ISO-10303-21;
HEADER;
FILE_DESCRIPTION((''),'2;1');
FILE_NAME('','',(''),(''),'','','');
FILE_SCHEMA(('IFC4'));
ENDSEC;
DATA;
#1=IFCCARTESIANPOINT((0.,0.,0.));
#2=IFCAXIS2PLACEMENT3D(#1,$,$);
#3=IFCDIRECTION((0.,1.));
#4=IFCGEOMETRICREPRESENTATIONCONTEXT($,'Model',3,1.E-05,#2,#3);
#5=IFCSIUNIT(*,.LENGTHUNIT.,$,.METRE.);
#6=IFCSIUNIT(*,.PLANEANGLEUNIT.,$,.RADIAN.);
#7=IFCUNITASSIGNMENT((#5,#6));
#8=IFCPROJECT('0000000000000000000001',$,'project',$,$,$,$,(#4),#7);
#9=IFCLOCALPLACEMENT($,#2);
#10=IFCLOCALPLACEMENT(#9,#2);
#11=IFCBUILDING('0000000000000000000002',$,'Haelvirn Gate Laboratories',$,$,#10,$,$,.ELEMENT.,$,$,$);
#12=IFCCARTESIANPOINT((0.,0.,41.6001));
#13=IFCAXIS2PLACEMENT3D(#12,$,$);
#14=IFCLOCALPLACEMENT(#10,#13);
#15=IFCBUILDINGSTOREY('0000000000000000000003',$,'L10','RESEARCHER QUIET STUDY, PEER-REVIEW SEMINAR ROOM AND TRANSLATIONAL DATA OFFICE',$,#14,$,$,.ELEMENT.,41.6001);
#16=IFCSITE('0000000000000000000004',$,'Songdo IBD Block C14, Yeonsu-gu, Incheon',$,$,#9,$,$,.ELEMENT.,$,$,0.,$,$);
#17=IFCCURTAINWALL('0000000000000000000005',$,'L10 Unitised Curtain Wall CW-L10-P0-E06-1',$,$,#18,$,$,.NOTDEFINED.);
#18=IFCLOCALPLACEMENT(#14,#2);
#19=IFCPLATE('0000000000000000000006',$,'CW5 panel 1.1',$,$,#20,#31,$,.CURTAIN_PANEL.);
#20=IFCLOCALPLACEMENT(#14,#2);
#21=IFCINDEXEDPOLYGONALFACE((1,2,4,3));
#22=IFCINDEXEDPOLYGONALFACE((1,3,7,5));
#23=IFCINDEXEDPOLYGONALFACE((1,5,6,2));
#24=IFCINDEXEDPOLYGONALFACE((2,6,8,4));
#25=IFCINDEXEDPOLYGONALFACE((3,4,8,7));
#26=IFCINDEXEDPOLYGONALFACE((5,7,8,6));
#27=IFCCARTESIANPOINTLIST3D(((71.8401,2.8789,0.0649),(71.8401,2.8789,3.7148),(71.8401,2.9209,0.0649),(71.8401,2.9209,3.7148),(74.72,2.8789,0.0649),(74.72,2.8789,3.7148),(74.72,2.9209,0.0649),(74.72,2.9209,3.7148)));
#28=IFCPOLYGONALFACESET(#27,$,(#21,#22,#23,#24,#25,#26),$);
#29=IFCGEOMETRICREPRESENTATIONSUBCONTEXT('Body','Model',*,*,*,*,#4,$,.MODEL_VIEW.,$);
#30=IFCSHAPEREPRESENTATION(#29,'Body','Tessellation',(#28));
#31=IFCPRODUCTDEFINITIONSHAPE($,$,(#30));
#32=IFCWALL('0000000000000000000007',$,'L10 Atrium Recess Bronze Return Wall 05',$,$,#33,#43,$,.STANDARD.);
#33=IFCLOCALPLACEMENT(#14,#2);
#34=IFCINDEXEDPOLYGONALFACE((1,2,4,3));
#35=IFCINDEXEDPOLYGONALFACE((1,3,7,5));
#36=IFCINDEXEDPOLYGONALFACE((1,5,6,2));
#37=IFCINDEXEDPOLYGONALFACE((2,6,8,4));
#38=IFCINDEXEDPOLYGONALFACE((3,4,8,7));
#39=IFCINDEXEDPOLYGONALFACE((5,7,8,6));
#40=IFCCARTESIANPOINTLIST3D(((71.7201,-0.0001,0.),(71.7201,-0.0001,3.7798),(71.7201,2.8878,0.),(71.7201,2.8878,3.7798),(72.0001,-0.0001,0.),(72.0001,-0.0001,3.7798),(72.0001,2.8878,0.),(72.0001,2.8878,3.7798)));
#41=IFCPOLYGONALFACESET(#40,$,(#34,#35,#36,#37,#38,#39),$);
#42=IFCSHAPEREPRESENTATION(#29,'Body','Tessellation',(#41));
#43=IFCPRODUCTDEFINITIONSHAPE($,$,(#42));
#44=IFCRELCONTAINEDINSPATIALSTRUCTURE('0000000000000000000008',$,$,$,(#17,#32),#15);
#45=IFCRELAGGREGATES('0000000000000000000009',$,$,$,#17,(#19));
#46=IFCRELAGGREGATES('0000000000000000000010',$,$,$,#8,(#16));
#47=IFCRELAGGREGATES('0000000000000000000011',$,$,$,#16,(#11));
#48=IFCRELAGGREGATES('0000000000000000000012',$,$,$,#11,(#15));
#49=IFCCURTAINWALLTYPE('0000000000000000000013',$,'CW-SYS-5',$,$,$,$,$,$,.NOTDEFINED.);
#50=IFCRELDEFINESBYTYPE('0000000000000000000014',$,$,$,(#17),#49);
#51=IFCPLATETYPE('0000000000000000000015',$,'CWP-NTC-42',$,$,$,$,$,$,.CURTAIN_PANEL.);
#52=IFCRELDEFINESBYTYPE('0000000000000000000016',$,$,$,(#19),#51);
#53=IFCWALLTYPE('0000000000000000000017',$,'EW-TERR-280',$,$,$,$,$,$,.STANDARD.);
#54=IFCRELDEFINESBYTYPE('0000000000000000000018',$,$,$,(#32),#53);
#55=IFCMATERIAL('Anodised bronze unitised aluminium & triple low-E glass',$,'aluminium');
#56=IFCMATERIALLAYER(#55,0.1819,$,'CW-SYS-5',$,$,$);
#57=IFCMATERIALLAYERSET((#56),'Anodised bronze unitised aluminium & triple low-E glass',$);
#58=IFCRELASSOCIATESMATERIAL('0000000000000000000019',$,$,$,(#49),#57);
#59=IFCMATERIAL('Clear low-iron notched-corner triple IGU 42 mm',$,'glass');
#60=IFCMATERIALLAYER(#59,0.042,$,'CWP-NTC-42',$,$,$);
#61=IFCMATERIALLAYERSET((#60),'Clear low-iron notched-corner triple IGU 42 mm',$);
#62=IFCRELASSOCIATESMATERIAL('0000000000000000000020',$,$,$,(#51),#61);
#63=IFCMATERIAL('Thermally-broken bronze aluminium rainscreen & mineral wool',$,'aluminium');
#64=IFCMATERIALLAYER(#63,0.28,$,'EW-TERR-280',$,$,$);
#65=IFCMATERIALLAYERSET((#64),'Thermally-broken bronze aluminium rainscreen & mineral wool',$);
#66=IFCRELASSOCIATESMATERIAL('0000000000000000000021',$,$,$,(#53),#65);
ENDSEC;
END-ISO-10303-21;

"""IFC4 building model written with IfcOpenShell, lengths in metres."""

from ifc_helpers import new_model, si_unit, direction, frame, frame_2d, origin, origin_2d, place, context, subcontext, project, spatial, rectangle, extrude, source, transform, mapped, material, layer, layer_set, type_object, type_shapes, element, aggregate, save


model = new_model("IFC4")

# Units and contexts
model_context = context("Model", 3, precision=1e-05, world=origin(), true_north=direction((0.0, 1.0)))
body_context = subcontext(model_context, "Body", "Model", "MODEL_VIEW")
ifc_project = project(units=[si_unit("LENGTHUNIT", "METRE"), si_unit("PLANEANGLEUNIT", "RADIAN")], contexts=[model_context])

# Site, building, storey
site_placement = place(None, origin())
site = spatial("IfcSite", under=ifc_project, at=site_placement, Name="Songdo IBD Block C14, Yeonsu-gu, Incheon", CompositionType="ELEMENT", RefElevation=0.0)
building_placement = place(site_placement, origin())
building = spatial("IfcBuilding", under=site, at=building_placement, Name="Haelvirn Gate Laboratories", CompositionType="ELEMENT")
storey_placement = place(building_placement, frame((0.0, 0.0, 41.6001)))
storey = spatial("IfcBuildingStorey", under=building, at=storey_placement, Name="L10", Description="RESEARCHER QUIET STUDY, PEER-REVIEW SEMINAR ROOM AND TRANSLATIONAL DATA OFFICE", CompositionType="ELEMENT", Elevation=41.6001)

# Curtain wall
ifc_material_1 = material(Name="Anodised bronze unitised aluminium & triple low-E glass", Category="aluminium")
ifc_layer_1 = layer(ifc_material_1, 0.1819, Name="CW-SYS-5")
ifc_layer_set_1 = layer_set([ifc_layer_1], Name="Anodised bronze unitised aluminium & triple low-E glass")
curtain_wall_type_1 = type_object("IfcCurtainWallType", Name="CW-SYS-5", PredefinedType="NOTDEFINED", material=ifc_layer_set_1)
curtain_wall_1_placement = place(storey_placement, origin())
curtain_wall_1 = element("IfcCurtainWall", 1, at=curtain_wall_1_placement, inside=storey, type_object=curtain_wall_type_1, Name="L10 Unitised Curtain Wall CW-L10-P0-E06-1", PredefinedType="NOTDEFINED")

# Plate
ifc_material_2 = material(Name="Clear low-iron notched-corner triple IGU 42 mm", Category="glass")
ifc_layer_2 = layer(ifc_material_2, 0.042, Name="CWP-NTC-42")
ifc_layer_set_2 = layer_set([ifc_layer_2], Name="Clear low-iron notched-corner triple IGU 42 mm")
plate_type_1 = type_object("IfcPlateType", Name="CWP-NTC-42", PredefinedType="CURTAIN_PANEL", material=ifc_layer_set_2)
shared_shape_1 = source(origin(), body_context, "Body", "SweptSolid", [
    extrude(rectangle(XDim=2.8799, YDim=0.042, at=origin_2d()), origin(), (0.0, 0.0, 1.0), 3.6499),
])
type_shapes(plate_type_1, [shared_shape_1])
plate_1_placement = place(storey_placement, frame((73.28, 2.8999, 0.0649), z_axis=(0.0, 0.0, 1.0), x_axis=(1.0, 0.0, 0.0)))
plate_1 = element("IfcPlate", 2, at=plate_1_placement, type_object=plate_type_1, Name="CW5 panel 1.1", PredefinedType="CURTAIN_PANEL", context=body_context, shape_type="MappedRepresentation", body=[
    mapped(shared_shape_1, transform((0.0, 0.0, 0.0), scale=1.0)),
])
aggregate(curtain_wall_1, [plate_1])

# Wall
ifc_material_3 = material(Name="Thermally-broken bronze aluminium rainscreen & mineral wool", Category="aluminium")
ifc_layer_3 = layer(ifc_material_3, 0.28, Name="EW-TERR-280")
ifc_layer_set_3 = layer_set([ifc_layer_3], Name="Thermally-broken bronze aluminium rainscreen & mineral wool")
wall_type = type_object("IfcWallType", Name="EW-TERR-280", PredefinedType="STANDARD", material=ifc_layer_set_3)
wall_placement = place(storey_placement, frame((71.8601, 0.0, 0.0), z_axis=(0.0, 0.0, 1.0), x_axis=(0.0, 1.0, 0.0)))
element("IfcWall", 3, at=wall_placement, inside=storey, type_object=wall_type, Name="L10 Atrium Recess Bronze Return Wall 05", PredefinedType="STANDARD", context=body_context, shape_type="SweptSolid", body=[
    extrude(rectangle(XDim=2.8879, YDim=0.28, at=frame_2d((1.4438, 0.0))), origin(), (0.0, 0.0, 1.0), 3.7798),
])

save(model, "model.ifc")
